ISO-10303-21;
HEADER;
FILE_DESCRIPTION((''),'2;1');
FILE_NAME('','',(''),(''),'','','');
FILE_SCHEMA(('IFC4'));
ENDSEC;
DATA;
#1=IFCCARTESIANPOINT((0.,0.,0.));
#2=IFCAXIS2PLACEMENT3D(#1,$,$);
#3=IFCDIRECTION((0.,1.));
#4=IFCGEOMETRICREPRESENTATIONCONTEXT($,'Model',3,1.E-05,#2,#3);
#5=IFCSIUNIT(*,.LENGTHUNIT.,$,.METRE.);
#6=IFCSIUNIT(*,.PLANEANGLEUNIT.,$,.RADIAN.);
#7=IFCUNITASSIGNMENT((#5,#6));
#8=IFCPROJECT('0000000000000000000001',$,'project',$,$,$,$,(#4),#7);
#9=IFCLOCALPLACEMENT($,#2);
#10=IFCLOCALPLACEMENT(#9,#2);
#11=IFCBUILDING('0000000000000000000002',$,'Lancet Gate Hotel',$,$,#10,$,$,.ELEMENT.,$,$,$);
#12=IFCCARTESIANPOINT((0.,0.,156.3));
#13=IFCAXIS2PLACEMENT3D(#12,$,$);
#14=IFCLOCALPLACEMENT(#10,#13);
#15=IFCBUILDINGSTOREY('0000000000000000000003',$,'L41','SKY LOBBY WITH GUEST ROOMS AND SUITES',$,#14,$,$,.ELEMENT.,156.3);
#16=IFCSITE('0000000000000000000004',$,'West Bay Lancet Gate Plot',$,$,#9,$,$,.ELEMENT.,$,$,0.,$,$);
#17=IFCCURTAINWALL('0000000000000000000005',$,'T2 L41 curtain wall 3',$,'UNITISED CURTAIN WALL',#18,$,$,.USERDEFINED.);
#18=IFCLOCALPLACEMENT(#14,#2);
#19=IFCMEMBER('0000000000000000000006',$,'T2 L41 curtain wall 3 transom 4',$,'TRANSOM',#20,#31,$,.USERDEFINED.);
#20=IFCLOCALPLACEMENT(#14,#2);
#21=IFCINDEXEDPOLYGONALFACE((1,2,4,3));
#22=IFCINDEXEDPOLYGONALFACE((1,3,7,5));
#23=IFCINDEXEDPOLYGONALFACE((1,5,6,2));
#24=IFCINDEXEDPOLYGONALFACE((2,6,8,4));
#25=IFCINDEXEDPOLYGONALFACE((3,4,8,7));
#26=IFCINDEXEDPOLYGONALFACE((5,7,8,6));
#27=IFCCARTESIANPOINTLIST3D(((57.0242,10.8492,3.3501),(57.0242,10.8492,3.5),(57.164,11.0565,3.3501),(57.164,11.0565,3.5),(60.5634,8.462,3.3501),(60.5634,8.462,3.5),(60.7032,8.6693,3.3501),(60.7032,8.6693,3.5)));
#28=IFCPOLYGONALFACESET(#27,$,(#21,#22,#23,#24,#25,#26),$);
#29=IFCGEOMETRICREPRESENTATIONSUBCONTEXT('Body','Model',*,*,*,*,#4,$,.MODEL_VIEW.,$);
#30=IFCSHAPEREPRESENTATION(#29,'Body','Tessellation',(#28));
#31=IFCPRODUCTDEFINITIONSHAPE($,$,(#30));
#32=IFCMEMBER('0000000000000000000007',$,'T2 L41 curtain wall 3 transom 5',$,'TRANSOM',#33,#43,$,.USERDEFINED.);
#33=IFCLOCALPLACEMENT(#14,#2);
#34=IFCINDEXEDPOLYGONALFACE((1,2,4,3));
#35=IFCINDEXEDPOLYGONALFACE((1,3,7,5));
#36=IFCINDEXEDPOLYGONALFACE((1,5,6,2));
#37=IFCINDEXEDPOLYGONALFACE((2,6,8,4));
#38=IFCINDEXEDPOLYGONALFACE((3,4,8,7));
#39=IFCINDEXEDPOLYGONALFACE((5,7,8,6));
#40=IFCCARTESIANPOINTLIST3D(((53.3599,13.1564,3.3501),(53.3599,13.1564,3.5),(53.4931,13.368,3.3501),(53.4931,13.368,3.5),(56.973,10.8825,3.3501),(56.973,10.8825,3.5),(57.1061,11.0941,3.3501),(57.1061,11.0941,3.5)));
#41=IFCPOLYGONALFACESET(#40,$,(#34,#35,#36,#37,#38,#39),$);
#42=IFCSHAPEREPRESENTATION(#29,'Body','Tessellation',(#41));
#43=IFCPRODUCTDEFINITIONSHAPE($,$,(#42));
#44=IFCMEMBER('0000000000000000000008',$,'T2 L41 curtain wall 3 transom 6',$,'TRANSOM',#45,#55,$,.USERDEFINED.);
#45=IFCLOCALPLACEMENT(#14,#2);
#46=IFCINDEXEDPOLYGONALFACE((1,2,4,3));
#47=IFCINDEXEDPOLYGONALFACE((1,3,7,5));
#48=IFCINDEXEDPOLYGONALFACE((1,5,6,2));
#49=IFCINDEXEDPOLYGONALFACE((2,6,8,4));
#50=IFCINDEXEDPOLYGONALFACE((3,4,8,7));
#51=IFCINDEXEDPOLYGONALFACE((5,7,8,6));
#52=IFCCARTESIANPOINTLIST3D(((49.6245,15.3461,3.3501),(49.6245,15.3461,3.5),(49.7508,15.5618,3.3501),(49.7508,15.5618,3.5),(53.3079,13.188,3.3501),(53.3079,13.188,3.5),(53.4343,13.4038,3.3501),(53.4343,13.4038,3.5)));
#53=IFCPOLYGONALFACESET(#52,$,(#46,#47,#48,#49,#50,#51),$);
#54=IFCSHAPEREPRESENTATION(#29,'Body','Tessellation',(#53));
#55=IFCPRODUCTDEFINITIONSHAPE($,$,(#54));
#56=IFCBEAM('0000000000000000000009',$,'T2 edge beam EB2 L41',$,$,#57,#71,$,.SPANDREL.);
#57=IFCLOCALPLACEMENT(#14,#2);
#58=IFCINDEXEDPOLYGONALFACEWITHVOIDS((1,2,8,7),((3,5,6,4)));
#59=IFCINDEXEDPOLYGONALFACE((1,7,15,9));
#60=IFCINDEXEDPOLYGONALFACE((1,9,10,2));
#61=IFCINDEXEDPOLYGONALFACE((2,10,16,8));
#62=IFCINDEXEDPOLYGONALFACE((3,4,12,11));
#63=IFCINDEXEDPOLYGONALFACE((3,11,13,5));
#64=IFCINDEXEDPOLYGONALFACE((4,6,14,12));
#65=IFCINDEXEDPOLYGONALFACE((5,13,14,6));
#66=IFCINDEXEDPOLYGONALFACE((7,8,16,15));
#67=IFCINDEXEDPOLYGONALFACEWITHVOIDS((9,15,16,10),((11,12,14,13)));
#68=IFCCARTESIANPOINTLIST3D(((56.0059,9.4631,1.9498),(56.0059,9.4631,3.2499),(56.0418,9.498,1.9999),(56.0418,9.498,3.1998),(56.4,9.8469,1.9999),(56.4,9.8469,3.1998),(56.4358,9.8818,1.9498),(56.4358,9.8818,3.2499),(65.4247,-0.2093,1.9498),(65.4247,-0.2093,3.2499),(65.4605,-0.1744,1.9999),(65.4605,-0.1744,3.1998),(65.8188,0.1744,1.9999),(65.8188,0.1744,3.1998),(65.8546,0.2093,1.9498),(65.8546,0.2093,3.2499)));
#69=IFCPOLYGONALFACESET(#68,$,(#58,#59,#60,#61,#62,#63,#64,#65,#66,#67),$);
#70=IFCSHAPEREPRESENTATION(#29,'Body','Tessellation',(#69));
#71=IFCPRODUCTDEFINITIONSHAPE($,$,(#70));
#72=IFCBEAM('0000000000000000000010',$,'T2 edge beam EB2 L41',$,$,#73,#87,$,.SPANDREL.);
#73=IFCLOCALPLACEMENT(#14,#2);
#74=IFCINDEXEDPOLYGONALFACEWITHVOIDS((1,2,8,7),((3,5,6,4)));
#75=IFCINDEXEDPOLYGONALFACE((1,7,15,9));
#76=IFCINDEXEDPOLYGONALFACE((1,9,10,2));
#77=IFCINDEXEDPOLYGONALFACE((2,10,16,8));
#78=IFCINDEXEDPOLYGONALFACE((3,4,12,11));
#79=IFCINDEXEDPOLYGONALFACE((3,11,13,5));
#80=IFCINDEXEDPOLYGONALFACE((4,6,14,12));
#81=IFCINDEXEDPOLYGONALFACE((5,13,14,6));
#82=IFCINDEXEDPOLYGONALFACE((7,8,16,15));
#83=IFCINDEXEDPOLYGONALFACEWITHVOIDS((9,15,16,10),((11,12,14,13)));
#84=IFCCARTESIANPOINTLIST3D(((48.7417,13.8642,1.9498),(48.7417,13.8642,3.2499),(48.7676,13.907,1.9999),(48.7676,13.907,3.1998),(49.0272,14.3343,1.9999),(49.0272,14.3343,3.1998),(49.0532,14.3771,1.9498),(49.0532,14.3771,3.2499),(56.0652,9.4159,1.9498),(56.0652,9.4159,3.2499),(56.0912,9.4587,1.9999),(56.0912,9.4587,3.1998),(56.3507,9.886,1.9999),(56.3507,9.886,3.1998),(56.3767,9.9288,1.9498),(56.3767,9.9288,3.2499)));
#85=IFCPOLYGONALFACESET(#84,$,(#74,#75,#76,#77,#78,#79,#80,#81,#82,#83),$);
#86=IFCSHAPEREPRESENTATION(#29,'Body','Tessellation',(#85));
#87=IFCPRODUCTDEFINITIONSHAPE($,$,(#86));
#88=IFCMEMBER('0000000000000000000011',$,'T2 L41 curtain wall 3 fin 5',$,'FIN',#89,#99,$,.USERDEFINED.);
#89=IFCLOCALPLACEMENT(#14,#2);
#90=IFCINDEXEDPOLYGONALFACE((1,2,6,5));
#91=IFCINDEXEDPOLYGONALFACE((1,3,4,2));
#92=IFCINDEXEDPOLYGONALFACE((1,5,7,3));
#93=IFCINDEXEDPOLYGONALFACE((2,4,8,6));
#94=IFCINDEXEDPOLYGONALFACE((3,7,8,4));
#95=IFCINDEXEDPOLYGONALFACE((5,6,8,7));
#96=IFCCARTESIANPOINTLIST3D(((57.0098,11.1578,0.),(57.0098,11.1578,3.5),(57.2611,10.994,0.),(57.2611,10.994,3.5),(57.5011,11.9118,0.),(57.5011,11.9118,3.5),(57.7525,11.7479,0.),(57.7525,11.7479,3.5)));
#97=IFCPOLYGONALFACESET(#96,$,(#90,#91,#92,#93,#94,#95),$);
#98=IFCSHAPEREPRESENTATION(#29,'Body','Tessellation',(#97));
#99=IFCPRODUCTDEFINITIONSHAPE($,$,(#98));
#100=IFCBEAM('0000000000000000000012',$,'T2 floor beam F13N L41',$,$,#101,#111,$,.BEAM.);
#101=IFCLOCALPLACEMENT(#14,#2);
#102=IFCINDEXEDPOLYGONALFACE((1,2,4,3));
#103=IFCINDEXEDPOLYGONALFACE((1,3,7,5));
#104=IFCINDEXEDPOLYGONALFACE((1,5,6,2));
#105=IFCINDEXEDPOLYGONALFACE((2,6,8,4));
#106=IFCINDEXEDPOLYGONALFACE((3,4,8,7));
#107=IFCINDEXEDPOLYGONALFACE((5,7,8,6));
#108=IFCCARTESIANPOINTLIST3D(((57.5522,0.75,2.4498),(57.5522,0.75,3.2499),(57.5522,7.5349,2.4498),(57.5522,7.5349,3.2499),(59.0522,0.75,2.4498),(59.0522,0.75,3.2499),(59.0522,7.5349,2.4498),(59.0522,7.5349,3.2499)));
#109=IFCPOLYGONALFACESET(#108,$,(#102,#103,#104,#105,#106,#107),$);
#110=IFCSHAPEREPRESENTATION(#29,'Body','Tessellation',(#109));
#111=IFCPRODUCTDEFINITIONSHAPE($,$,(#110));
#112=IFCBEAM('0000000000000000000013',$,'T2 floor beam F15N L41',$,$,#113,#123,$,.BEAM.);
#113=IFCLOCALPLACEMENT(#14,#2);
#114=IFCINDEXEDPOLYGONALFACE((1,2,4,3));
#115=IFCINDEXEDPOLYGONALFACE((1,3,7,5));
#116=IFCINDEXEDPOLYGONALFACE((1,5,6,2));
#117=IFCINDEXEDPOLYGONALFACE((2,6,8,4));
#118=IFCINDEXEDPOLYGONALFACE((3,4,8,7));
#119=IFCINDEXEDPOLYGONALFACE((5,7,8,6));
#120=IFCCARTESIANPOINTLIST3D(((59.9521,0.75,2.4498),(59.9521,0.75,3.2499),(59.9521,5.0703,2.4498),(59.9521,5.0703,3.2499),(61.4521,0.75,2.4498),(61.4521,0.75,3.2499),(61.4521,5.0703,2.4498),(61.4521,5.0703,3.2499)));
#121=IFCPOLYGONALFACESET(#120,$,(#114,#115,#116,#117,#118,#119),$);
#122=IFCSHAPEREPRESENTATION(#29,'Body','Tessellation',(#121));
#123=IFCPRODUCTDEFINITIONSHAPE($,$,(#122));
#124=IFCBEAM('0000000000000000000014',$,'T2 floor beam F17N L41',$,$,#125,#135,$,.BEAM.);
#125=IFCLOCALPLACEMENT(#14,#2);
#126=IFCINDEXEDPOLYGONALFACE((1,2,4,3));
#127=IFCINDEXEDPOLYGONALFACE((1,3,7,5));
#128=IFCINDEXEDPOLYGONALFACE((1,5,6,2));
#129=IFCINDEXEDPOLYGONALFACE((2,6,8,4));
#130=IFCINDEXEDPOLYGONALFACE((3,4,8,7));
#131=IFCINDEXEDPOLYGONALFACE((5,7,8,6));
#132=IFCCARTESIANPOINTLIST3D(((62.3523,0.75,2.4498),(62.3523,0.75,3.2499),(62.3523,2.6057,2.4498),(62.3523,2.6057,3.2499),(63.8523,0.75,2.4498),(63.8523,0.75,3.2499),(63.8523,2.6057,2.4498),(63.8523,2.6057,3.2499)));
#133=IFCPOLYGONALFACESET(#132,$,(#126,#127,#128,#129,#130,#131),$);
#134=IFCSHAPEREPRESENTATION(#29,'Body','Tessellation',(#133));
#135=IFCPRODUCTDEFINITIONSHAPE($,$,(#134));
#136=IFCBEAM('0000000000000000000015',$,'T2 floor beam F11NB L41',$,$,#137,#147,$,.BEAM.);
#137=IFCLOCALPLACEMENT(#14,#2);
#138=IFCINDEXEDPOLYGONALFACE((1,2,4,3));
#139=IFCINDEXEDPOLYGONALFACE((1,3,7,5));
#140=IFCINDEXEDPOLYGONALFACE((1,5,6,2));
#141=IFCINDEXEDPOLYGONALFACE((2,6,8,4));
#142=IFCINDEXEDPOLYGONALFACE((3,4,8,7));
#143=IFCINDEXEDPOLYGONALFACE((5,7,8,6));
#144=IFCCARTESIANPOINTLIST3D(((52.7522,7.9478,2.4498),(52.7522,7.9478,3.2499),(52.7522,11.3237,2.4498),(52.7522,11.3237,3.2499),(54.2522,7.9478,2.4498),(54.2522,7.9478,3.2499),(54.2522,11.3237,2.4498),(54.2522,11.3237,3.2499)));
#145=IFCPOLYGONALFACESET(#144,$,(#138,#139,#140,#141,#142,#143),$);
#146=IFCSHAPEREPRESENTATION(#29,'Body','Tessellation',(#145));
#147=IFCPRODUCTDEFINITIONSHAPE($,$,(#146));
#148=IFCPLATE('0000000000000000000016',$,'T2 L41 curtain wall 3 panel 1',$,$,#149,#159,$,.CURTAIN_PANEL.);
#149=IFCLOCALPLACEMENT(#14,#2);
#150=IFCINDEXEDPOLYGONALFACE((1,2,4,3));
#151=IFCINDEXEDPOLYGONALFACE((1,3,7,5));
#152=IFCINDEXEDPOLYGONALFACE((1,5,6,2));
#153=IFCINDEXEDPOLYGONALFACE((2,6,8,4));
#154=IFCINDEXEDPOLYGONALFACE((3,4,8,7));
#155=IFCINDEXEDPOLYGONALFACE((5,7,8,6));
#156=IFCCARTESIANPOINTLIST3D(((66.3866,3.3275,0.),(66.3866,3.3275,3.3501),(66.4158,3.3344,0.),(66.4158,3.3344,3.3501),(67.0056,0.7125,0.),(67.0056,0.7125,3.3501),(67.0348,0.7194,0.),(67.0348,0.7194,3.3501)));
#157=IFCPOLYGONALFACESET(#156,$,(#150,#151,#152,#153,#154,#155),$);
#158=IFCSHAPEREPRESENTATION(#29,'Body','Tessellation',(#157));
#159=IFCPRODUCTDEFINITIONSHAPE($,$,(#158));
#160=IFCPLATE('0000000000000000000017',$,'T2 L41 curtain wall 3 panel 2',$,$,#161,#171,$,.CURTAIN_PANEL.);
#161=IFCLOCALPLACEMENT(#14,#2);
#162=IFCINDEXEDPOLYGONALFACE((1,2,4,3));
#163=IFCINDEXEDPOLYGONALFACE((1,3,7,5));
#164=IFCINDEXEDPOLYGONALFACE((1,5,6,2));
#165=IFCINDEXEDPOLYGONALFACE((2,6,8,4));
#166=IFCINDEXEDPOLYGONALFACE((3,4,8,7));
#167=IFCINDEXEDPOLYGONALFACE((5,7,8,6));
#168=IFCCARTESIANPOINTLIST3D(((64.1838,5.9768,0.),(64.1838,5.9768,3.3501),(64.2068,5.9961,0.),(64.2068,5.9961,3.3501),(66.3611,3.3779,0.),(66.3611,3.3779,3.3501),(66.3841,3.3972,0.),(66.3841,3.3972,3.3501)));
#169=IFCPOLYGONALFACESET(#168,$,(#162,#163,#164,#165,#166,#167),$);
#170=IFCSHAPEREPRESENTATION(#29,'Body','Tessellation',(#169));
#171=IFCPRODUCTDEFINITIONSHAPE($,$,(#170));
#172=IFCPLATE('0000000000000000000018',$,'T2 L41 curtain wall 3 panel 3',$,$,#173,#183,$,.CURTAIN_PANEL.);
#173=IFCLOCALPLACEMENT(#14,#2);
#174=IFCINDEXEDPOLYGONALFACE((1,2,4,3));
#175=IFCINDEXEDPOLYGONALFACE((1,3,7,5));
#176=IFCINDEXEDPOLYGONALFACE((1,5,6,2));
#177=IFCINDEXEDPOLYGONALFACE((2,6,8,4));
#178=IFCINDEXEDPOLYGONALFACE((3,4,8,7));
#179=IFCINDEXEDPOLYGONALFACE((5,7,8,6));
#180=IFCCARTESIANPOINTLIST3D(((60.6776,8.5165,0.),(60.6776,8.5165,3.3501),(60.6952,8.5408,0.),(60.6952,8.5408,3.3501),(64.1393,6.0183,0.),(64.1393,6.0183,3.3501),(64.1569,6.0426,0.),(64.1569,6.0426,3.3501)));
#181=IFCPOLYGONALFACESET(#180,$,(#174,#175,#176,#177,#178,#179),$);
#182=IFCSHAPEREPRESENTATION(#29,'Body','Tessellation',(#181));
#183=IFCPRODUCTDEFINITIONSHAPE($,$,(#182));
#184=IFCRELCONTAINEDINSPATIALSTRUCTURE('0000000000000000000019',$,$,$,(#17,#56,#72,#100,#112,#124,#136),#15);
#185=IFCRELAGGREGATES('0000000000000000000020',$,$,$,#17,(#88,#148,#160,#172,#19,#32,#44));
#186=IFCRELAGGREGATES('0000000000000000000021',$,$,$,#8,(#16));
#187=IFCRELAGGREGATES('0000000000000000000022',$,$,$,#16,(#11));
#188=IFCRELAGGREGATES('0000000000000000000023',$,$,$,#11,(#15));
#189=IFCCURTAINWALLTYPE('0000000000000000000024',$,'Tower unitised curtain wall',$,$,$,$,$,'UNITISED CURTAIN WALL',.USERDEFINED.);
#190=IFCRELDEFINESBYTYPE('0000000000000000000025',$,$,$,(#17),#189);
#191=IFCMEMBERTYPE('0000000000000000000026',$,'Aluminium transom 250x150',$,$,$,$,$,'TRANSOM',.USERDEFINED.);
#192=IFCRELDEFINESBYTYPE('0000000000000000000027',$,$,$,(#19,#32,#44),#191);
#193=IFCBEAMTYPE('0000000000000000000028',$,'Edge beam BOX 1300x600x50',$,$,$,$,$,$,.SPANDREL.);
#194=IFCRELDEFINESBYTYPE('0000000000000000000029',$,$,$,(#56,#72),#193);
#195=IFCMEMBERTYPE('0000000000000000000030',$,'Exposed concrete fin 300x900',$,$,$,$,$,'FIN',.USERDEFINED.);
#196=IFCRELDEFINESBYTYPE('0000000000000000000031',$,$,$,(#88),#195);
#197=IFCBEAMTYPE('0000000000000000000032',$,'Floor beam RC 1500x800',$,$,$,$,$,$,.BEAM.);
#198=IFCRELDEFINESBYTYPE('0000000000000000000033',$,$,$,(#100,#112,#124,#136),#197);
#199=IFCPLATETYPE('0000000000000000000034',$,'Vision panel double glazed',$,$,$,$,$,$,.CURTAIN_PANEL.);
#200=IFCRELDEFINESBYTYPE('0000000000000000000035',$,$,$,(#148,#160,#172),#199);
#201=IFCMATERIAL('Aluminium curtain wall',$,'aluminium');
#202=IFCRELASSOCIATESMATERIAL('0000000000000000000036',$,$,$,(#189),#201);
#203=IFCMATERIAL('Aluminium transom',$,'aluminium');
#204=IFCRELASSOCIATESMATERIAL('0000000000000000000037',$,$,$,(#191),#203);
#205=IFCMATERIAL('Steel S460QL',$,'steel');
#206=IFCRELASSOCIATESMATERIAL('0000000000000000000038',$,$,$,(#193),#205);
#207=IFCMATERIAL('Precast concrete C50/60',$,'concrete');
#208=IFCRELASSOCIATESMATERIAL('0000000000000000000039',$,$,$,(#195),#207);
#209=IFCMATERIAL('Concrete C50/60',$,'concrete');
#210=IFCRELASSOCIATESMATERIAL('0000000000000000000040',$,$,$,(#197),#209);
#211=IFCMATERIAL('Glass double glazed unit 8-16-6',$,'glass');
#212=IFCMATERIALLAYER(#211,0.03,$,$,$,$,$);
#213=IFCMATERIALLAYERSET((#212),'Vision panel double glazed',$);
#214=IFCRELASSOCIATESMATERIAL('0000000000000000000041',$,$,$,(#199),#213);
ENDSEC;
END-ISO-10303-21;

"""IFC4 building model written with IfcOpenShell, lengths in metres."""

from ifc_helpers import new_model, si_unit, direction, frame, origin, origin_2d, place, context, subcontext, project, spatial, rectangle, hollow_rectangle, extrude, material, layer, layer_set, material_profile, profile_set, type_object, element, aggregate, save


model = new_model("IFC4")

# Units and contexts
model_context = context("Model", 3, precision=1e-05, world=origin(), true_north=direction((0.0, 1.0)))
body_context = subcontext(model_context, "Body", "Model", "MODEL_VIEW")
ifc_project = project(units=[si_unit("LENGTHUNIT", "METRE"), si_unit("PLANEANGLEUNIT", "RADIAN")], contexts=[model_context])

# Site, building, storey
site_placement = place(None, origin())
site = spatial("IfcSite", under=ifc_project, at=site_placement, Name="West Bay Lancet Gate Plot", CompositionType="ELEMENT", RefElevation=0.0)
building_placement = place(site_placement, origin())
building = spatial("IfcBuilding", under=site, at=building_placement, Name="Lancet Gate Hotel", CompositionType="ELEMENT")
storey_placement = place(building_placement, frame((0.0, 0.0, 156.3)))
storey = spatial("IfcBuildingStorey", under=building, at=storey_placement, Name="L41", Description="SKY LOBBY WITH GUEST ROOMS AND SUITES", CompositionType="ELEMENT", Elevation=156.3)

# Curtain wall, members
ifc_material_1 = material(Name="Aluminium curtain wall", Category="aluminium")
curtain_wall_type = type_object("IfcCurtainWallType", Name="Tower unitised curtain wall", ElementType="UNITISED CURTAIN WALL", PredefinedType="USERDEFINED", material=ifc_material_1)
curtain_wall_placement = place(storey_placement, origin())
curtain_wall = element("IfcCurtainWall", 1, at=curtain_wall_placement, inside=storey, type_object=curtain_wall_type, Name="T2 L41 curtain wall 3", ObjectType="UNITISED CURTAIN WALL", PredefinedType="USERDEFINED")
ifc_material_2 = material(Name="Aluminium transom", Category="aluminium")
ifc_material_profile_1 = material_profile(ifc_material_2, rectangle(XDim=0.25, YDim=0.1499, at=origin_2d()), Name="TRANSOM 250x150")
ifc_profile_set_1 = profile_set([ifc_material_profile_1], Name="Aluminium transom")
member_type_1 = type_object("IfcMemberType", Name="Aluminium transom 250x150", ElementType="TRANSOM", PredefinedType="USERDEFINED", material=ifc_profile_set_1)
member_1_placement = place(storey_placement, frame((60.6333, 8.5657, 3.425), z_axis=(-0.829047, 0.559179, 0.0), x_axis=(-0.559179, -0.829047, 0.0)))
member_1 = element("IfcMember", 2, at=member_1_placement, type_object=member_type_1, Name="T2 L41 curtain wall 3 transom 4", ObjectType="TRANSOM", PredefinedType="USERDEFINED", context=body_context, shape_type="SweptSolid", body=[
    extrude(rectangle(XDim=0.25, YDim=0.1499, at=origin_2d()), origin(), (0.0, 0.0, 1.0), 4.269),
])
member_2_placement = place(storey_placement, frame((57.0396, 10.9883, 3.425), z_axis=(-0.846333, 0.532654, 0.0), x_axis=(-0.532654, -0.846333, 0.0)))
member_2 = element("IfcMember", 3, at=member_2_placement, type_object=member_type_1, Name="T2 L41 curtain wall 3 transom 5", ObjectType="TRANSOM", PredefinedType="USERDEFINED", context=body_context, shape_type="SweptSolid", body=[
    extrude(rectangle(XDim=0.25, YDim=0.1499, at=origin_2d()), origin(), (0.0, 0.0, 1.0), 4.269),
])
member_3_placement = place(storey_placement, frame((53.3711, 13.2959, 3.425), z_axis=(-0.862825, 0.505502, 0.0), x_axis=(-0.505502, -0.862825, 0.0)))
member_3 = element("IfcMember", 4, at=member_3_placement, type_object=member_type_1, Name="T2 L41 curtain wall 3 transom 6", ObjectType="TRANSOM", PredefinedType="USERDEFINED", context=body_context, shape_type="SweptSolid", body=[
    extrude(rectangle(XDim=0.25, YDim=0.1499, at=origin_2d()), origin(), (0.0, 0.0, 1.0), 4.269),
])

# Beams
ifc_material_3 = material(Name="Steel S460QL", Category="steel")
ifc_material_profile_2 = material_profile(ifc_material_3, hollow_rectangle(XDim=0.6001, YDim=1.3, WallThickness=0.05, at=origin_2d()), Name="BOX 1300x600x50")
ifc_profile_set_2 = profile_set([ifc_material_profile_2], Name="Steel S460QL")
beam_type_1 = type_object("IfcBeamType", Name="Edge beam BOX 1300x600x50", PredefinedType="SPANDREL", material=ifc_profile_set_2)
beam_1_placement = place(storey_placement, frame((65.6396, 0.0, 2.5999), z_axis=(-0.69765, 0.716439, 0.0), x_axis=(-0.716439, -0.69765, 0.0)))
element("IfcBeam", 5, at=beam_1_placement, inside=storey, type_object=beam_type_1, Name="T2 edge beam EB2 L41", PredefinedType="SPANDREL", context=body_context, shape_type="SweptSolid", body=[
    extrude(hollow_rectangle(XDim=0.6001, YDim=1.3, WallThickness=0.05, at=origin_2d()), origin(), (0.0, 0.0, 1.0), 13.5007),
])
beam_2_placement = place(storey_placement, frame((56.2209, 9.6724, 2.5999), z_axis=(-0.854692, 0.519135, 0.0), x_axis=(-0.519135, -0.854692, 0.0)))
element("IfcBeam", 6, at=beam_2_placement, inside=storey, type_object=beam_type_1, Name="T2 edge beam EB2 L41", PredefinedType="SPANDREL", context=body_context, shape_type="SweptSolid", body=[
    extrude(hollow_rectangle(XDim=0.6001, YDim=1.3, WallThickness=0.05, at=origin_2d()), origin(), (0.0, 0.0, 1.0), 8.5686),
])

# Member
ifc_material_4 = material(Name="Precast concrete C50/60", Category="concrete")
ifc_material_profile_3 = material_profile(ifc_material_4, rectangle(XDim=0.3, YDim=0.8999, at=origin_2d()), Name="FIN 300x900")
ifc_profile_set_3 = profile_set([ifc_material_profile_3], Name="Precast concrete C50/60")
member_type_2 = type_object("IfcMemberType", Name="Exposed concrete fin 300x900", ElementType="FIN", PredefinedType="USERDEFINED", material=ifc_profile_set_3)
member_4_placement = place(storey_placement, frame((57.3811, 11.4529, 0.0), z_axis=(0.0, 0.0, 1.0), x_axis=(-0.837801, 0.545976, 0.0)))
member_4 = element("IfcMember", 7, at=member_4_placement, type_object=member_type_2, Name="T2 L41 curtain wall 3 fin 5", ObjectType="FIN", PredefinedType="USERDEFINED", context=body_context, shape_type="SweptSolid", body=[
    extrude(rectangle(XDim=0.3, YDim=0.8999, at=origin_2d()), origin(), (0.0, 0.0, 1.0), 3.5),
])

# Beams
ifc_material_5 = material(Name="Concrete C50/60", Category="concrete")
ifc_material_profile_4 = material_profile(ifc_material_5, rectangle(XDim=1.5, YDim=0.8, at=origin_2d()), Name="RC 1500x800")
ifc_profile_set_4 = profile_set([ifc_material_profile_4], Name="Concrete C50/60")
beam_type_2 = type_object("IfcBeamType", Name="Floor beam RC 1500x800", PredefinedType="BEAM", material=ifc_profile_set_4)
beam_3_placement = place(storey_placement, frame((58.3022, 0.75, 2.8499), z_axis=(0.0, 1.0, 0.0), x_axis=(-1.0, 0.0, 0.0)))
element("IfcBeam", 8, at=beam_3_placement, inside=storey, type_object=beam_type_2, Name="T2 floor beam F13N L41", PredefinedType="BEAM", context=body_context, shape_type="SweptSolid", body=[
    extrude(rectangle(XDim=1.5, YDim=0.8, at=origin_2d()), origin(), (0.0, 0.0, 1.0), 6.7849),
])
beam_4_placement = place(storey_placement, frame((60.7021, 0.75, 2.8499), z_axis=(0.0, 1.0, 0.0), x_axis=(-1.0, 0.0, 0.0)))
element("IfcBeam", 9, at=beam_4_placement, inside=storey, type_object=beam_type_2, Name="T2 floor beam F15N L41", PredefinedType="BEAM", context=body_context, shape_type="SweptSolid", body=[
    extrude(rectangle(XDim=1.5, YDim=0.8, at=origin_2d()), origin(), (0.0, 0.0, 1.0), 4.3203),
])
beam_5_placement = place(storey_placement, frame((63.1023, 0.75, 2.8499), z_axis=(0.0, 1.0, 0.0), x_axis=(-1.0, 0.0, 0.0)))
element("IfcBeam", 10, at=beam_5_placement, inside=storey, type_object=beam_type_2, Name="T2 floor beam F17N L41", PredefinedType="BEAM", context=body_context, shape_type="SweptSolid", body=[
    extrude(rectangle(XDim=1.5, YDim=0.8, at=origin_2d()), origin(), (0.0, 0.0, 1.0), 1.8557),
])
beam_6_placement = place(storey_placement, frame((53.5022, 7.9478, 2.8499), z_axis=(0.0, 1.0, 0.0), x_axis=(-1.0, 0.0, 0.0)))
element("IfcBeam", 11, at=beam_6_placement, inside=storey, type_object=beam_type_2, Name="T2 floor beam F11NB L41", PredefinedType="BEAM", context=body_context, shape_type="SweptSolid", body=[
    extrude(rectangle(XDim=1.5, YDim=0.8, at=origin_2d()), origin(), (0.0, 0.0, 1.0), 3.376),
])

# Plates
ifc_material_6 = material(Name="Glass double glazed unit 8-16-6", Category="glass")
ifc_layer_1 = layer(ifc_material_6, 0.03)
ifc_layer_set_1 = layer_set([ifc_layer_1], Name="Vision panel double glazed")
plate_type = type_object("IfcPlateType", Name="Vision panel double glazed", PredefinedType="CURTAIN_PANEL", material=ifc_layer_set_1)
plate_1_placement = place(storey_placement, frame((66.7107, 2.0234, 0.0), z_axis=(0.0, 0.0, 1.0), x_axis=(-0.230367, 0.973104, 0.0)))
plate_1 = element("IfcPlate", 12, at=plate_1_placement, type_object=plate_type, Name="T2 L41 curtain wall 3 panel 1", PredefinedType="CURTAIN_PANEL", context=body_context, shape_type="SweptSolid", body=[
    extrude(rectangle(XDim=2.6873, YDim=0.03, at=origin_2d()), origin(), (0.0, 0.0, 1.0), 3.3501),
])
plate_2_placement = place(storey_placement, frame((65.2839, 4.687, 0.0), z_axis=(0.0, 0.0, 1.0), x_axis=(-0.642199, 0.766538, 0.0)))
plate_2 = element("IfcPlate", 13, at=plate_2_placement, type_object=plate_type, Name="T2 L41 curtain wall 3 panel 2", PredefinedType="CURTAIN_PANEL", context=body_context, shape_type="SweptSolid", body=[
    extrude(rectangle(XDim=3.3904, YDim=0.03, at=origin_2d()), origin(), (0.0, 0.0, 1.0), 3.3501),
])
plate_3_placement = place(storey_placement, frame((62.4172, 7.2795, 0.0), z_axis=(0.0, 0.0, 1.0), x_axis=(-0.810891, 0.585197, 0.0)))
plate_3 = element("IfcPlate", 14, at=plate_3_placement, type_object=plate_type, Name="T2 L41 curtain wall 3 panel 3", PredefinedType="CURTAIN_PANEL", context=body_context, shape_type="SweptSolid", body=[
    extrude(rectangle(XDim=4.269, YDim=0.03, at=origin_2d()), origin(), (0.0, 0.0, 1.0), 3.3501),
])
aggregate(curtain_wall, [member_4, plate_1, plate_2, plate_3, member_1, member_2, member_3])

save(model, "model.ifc")
